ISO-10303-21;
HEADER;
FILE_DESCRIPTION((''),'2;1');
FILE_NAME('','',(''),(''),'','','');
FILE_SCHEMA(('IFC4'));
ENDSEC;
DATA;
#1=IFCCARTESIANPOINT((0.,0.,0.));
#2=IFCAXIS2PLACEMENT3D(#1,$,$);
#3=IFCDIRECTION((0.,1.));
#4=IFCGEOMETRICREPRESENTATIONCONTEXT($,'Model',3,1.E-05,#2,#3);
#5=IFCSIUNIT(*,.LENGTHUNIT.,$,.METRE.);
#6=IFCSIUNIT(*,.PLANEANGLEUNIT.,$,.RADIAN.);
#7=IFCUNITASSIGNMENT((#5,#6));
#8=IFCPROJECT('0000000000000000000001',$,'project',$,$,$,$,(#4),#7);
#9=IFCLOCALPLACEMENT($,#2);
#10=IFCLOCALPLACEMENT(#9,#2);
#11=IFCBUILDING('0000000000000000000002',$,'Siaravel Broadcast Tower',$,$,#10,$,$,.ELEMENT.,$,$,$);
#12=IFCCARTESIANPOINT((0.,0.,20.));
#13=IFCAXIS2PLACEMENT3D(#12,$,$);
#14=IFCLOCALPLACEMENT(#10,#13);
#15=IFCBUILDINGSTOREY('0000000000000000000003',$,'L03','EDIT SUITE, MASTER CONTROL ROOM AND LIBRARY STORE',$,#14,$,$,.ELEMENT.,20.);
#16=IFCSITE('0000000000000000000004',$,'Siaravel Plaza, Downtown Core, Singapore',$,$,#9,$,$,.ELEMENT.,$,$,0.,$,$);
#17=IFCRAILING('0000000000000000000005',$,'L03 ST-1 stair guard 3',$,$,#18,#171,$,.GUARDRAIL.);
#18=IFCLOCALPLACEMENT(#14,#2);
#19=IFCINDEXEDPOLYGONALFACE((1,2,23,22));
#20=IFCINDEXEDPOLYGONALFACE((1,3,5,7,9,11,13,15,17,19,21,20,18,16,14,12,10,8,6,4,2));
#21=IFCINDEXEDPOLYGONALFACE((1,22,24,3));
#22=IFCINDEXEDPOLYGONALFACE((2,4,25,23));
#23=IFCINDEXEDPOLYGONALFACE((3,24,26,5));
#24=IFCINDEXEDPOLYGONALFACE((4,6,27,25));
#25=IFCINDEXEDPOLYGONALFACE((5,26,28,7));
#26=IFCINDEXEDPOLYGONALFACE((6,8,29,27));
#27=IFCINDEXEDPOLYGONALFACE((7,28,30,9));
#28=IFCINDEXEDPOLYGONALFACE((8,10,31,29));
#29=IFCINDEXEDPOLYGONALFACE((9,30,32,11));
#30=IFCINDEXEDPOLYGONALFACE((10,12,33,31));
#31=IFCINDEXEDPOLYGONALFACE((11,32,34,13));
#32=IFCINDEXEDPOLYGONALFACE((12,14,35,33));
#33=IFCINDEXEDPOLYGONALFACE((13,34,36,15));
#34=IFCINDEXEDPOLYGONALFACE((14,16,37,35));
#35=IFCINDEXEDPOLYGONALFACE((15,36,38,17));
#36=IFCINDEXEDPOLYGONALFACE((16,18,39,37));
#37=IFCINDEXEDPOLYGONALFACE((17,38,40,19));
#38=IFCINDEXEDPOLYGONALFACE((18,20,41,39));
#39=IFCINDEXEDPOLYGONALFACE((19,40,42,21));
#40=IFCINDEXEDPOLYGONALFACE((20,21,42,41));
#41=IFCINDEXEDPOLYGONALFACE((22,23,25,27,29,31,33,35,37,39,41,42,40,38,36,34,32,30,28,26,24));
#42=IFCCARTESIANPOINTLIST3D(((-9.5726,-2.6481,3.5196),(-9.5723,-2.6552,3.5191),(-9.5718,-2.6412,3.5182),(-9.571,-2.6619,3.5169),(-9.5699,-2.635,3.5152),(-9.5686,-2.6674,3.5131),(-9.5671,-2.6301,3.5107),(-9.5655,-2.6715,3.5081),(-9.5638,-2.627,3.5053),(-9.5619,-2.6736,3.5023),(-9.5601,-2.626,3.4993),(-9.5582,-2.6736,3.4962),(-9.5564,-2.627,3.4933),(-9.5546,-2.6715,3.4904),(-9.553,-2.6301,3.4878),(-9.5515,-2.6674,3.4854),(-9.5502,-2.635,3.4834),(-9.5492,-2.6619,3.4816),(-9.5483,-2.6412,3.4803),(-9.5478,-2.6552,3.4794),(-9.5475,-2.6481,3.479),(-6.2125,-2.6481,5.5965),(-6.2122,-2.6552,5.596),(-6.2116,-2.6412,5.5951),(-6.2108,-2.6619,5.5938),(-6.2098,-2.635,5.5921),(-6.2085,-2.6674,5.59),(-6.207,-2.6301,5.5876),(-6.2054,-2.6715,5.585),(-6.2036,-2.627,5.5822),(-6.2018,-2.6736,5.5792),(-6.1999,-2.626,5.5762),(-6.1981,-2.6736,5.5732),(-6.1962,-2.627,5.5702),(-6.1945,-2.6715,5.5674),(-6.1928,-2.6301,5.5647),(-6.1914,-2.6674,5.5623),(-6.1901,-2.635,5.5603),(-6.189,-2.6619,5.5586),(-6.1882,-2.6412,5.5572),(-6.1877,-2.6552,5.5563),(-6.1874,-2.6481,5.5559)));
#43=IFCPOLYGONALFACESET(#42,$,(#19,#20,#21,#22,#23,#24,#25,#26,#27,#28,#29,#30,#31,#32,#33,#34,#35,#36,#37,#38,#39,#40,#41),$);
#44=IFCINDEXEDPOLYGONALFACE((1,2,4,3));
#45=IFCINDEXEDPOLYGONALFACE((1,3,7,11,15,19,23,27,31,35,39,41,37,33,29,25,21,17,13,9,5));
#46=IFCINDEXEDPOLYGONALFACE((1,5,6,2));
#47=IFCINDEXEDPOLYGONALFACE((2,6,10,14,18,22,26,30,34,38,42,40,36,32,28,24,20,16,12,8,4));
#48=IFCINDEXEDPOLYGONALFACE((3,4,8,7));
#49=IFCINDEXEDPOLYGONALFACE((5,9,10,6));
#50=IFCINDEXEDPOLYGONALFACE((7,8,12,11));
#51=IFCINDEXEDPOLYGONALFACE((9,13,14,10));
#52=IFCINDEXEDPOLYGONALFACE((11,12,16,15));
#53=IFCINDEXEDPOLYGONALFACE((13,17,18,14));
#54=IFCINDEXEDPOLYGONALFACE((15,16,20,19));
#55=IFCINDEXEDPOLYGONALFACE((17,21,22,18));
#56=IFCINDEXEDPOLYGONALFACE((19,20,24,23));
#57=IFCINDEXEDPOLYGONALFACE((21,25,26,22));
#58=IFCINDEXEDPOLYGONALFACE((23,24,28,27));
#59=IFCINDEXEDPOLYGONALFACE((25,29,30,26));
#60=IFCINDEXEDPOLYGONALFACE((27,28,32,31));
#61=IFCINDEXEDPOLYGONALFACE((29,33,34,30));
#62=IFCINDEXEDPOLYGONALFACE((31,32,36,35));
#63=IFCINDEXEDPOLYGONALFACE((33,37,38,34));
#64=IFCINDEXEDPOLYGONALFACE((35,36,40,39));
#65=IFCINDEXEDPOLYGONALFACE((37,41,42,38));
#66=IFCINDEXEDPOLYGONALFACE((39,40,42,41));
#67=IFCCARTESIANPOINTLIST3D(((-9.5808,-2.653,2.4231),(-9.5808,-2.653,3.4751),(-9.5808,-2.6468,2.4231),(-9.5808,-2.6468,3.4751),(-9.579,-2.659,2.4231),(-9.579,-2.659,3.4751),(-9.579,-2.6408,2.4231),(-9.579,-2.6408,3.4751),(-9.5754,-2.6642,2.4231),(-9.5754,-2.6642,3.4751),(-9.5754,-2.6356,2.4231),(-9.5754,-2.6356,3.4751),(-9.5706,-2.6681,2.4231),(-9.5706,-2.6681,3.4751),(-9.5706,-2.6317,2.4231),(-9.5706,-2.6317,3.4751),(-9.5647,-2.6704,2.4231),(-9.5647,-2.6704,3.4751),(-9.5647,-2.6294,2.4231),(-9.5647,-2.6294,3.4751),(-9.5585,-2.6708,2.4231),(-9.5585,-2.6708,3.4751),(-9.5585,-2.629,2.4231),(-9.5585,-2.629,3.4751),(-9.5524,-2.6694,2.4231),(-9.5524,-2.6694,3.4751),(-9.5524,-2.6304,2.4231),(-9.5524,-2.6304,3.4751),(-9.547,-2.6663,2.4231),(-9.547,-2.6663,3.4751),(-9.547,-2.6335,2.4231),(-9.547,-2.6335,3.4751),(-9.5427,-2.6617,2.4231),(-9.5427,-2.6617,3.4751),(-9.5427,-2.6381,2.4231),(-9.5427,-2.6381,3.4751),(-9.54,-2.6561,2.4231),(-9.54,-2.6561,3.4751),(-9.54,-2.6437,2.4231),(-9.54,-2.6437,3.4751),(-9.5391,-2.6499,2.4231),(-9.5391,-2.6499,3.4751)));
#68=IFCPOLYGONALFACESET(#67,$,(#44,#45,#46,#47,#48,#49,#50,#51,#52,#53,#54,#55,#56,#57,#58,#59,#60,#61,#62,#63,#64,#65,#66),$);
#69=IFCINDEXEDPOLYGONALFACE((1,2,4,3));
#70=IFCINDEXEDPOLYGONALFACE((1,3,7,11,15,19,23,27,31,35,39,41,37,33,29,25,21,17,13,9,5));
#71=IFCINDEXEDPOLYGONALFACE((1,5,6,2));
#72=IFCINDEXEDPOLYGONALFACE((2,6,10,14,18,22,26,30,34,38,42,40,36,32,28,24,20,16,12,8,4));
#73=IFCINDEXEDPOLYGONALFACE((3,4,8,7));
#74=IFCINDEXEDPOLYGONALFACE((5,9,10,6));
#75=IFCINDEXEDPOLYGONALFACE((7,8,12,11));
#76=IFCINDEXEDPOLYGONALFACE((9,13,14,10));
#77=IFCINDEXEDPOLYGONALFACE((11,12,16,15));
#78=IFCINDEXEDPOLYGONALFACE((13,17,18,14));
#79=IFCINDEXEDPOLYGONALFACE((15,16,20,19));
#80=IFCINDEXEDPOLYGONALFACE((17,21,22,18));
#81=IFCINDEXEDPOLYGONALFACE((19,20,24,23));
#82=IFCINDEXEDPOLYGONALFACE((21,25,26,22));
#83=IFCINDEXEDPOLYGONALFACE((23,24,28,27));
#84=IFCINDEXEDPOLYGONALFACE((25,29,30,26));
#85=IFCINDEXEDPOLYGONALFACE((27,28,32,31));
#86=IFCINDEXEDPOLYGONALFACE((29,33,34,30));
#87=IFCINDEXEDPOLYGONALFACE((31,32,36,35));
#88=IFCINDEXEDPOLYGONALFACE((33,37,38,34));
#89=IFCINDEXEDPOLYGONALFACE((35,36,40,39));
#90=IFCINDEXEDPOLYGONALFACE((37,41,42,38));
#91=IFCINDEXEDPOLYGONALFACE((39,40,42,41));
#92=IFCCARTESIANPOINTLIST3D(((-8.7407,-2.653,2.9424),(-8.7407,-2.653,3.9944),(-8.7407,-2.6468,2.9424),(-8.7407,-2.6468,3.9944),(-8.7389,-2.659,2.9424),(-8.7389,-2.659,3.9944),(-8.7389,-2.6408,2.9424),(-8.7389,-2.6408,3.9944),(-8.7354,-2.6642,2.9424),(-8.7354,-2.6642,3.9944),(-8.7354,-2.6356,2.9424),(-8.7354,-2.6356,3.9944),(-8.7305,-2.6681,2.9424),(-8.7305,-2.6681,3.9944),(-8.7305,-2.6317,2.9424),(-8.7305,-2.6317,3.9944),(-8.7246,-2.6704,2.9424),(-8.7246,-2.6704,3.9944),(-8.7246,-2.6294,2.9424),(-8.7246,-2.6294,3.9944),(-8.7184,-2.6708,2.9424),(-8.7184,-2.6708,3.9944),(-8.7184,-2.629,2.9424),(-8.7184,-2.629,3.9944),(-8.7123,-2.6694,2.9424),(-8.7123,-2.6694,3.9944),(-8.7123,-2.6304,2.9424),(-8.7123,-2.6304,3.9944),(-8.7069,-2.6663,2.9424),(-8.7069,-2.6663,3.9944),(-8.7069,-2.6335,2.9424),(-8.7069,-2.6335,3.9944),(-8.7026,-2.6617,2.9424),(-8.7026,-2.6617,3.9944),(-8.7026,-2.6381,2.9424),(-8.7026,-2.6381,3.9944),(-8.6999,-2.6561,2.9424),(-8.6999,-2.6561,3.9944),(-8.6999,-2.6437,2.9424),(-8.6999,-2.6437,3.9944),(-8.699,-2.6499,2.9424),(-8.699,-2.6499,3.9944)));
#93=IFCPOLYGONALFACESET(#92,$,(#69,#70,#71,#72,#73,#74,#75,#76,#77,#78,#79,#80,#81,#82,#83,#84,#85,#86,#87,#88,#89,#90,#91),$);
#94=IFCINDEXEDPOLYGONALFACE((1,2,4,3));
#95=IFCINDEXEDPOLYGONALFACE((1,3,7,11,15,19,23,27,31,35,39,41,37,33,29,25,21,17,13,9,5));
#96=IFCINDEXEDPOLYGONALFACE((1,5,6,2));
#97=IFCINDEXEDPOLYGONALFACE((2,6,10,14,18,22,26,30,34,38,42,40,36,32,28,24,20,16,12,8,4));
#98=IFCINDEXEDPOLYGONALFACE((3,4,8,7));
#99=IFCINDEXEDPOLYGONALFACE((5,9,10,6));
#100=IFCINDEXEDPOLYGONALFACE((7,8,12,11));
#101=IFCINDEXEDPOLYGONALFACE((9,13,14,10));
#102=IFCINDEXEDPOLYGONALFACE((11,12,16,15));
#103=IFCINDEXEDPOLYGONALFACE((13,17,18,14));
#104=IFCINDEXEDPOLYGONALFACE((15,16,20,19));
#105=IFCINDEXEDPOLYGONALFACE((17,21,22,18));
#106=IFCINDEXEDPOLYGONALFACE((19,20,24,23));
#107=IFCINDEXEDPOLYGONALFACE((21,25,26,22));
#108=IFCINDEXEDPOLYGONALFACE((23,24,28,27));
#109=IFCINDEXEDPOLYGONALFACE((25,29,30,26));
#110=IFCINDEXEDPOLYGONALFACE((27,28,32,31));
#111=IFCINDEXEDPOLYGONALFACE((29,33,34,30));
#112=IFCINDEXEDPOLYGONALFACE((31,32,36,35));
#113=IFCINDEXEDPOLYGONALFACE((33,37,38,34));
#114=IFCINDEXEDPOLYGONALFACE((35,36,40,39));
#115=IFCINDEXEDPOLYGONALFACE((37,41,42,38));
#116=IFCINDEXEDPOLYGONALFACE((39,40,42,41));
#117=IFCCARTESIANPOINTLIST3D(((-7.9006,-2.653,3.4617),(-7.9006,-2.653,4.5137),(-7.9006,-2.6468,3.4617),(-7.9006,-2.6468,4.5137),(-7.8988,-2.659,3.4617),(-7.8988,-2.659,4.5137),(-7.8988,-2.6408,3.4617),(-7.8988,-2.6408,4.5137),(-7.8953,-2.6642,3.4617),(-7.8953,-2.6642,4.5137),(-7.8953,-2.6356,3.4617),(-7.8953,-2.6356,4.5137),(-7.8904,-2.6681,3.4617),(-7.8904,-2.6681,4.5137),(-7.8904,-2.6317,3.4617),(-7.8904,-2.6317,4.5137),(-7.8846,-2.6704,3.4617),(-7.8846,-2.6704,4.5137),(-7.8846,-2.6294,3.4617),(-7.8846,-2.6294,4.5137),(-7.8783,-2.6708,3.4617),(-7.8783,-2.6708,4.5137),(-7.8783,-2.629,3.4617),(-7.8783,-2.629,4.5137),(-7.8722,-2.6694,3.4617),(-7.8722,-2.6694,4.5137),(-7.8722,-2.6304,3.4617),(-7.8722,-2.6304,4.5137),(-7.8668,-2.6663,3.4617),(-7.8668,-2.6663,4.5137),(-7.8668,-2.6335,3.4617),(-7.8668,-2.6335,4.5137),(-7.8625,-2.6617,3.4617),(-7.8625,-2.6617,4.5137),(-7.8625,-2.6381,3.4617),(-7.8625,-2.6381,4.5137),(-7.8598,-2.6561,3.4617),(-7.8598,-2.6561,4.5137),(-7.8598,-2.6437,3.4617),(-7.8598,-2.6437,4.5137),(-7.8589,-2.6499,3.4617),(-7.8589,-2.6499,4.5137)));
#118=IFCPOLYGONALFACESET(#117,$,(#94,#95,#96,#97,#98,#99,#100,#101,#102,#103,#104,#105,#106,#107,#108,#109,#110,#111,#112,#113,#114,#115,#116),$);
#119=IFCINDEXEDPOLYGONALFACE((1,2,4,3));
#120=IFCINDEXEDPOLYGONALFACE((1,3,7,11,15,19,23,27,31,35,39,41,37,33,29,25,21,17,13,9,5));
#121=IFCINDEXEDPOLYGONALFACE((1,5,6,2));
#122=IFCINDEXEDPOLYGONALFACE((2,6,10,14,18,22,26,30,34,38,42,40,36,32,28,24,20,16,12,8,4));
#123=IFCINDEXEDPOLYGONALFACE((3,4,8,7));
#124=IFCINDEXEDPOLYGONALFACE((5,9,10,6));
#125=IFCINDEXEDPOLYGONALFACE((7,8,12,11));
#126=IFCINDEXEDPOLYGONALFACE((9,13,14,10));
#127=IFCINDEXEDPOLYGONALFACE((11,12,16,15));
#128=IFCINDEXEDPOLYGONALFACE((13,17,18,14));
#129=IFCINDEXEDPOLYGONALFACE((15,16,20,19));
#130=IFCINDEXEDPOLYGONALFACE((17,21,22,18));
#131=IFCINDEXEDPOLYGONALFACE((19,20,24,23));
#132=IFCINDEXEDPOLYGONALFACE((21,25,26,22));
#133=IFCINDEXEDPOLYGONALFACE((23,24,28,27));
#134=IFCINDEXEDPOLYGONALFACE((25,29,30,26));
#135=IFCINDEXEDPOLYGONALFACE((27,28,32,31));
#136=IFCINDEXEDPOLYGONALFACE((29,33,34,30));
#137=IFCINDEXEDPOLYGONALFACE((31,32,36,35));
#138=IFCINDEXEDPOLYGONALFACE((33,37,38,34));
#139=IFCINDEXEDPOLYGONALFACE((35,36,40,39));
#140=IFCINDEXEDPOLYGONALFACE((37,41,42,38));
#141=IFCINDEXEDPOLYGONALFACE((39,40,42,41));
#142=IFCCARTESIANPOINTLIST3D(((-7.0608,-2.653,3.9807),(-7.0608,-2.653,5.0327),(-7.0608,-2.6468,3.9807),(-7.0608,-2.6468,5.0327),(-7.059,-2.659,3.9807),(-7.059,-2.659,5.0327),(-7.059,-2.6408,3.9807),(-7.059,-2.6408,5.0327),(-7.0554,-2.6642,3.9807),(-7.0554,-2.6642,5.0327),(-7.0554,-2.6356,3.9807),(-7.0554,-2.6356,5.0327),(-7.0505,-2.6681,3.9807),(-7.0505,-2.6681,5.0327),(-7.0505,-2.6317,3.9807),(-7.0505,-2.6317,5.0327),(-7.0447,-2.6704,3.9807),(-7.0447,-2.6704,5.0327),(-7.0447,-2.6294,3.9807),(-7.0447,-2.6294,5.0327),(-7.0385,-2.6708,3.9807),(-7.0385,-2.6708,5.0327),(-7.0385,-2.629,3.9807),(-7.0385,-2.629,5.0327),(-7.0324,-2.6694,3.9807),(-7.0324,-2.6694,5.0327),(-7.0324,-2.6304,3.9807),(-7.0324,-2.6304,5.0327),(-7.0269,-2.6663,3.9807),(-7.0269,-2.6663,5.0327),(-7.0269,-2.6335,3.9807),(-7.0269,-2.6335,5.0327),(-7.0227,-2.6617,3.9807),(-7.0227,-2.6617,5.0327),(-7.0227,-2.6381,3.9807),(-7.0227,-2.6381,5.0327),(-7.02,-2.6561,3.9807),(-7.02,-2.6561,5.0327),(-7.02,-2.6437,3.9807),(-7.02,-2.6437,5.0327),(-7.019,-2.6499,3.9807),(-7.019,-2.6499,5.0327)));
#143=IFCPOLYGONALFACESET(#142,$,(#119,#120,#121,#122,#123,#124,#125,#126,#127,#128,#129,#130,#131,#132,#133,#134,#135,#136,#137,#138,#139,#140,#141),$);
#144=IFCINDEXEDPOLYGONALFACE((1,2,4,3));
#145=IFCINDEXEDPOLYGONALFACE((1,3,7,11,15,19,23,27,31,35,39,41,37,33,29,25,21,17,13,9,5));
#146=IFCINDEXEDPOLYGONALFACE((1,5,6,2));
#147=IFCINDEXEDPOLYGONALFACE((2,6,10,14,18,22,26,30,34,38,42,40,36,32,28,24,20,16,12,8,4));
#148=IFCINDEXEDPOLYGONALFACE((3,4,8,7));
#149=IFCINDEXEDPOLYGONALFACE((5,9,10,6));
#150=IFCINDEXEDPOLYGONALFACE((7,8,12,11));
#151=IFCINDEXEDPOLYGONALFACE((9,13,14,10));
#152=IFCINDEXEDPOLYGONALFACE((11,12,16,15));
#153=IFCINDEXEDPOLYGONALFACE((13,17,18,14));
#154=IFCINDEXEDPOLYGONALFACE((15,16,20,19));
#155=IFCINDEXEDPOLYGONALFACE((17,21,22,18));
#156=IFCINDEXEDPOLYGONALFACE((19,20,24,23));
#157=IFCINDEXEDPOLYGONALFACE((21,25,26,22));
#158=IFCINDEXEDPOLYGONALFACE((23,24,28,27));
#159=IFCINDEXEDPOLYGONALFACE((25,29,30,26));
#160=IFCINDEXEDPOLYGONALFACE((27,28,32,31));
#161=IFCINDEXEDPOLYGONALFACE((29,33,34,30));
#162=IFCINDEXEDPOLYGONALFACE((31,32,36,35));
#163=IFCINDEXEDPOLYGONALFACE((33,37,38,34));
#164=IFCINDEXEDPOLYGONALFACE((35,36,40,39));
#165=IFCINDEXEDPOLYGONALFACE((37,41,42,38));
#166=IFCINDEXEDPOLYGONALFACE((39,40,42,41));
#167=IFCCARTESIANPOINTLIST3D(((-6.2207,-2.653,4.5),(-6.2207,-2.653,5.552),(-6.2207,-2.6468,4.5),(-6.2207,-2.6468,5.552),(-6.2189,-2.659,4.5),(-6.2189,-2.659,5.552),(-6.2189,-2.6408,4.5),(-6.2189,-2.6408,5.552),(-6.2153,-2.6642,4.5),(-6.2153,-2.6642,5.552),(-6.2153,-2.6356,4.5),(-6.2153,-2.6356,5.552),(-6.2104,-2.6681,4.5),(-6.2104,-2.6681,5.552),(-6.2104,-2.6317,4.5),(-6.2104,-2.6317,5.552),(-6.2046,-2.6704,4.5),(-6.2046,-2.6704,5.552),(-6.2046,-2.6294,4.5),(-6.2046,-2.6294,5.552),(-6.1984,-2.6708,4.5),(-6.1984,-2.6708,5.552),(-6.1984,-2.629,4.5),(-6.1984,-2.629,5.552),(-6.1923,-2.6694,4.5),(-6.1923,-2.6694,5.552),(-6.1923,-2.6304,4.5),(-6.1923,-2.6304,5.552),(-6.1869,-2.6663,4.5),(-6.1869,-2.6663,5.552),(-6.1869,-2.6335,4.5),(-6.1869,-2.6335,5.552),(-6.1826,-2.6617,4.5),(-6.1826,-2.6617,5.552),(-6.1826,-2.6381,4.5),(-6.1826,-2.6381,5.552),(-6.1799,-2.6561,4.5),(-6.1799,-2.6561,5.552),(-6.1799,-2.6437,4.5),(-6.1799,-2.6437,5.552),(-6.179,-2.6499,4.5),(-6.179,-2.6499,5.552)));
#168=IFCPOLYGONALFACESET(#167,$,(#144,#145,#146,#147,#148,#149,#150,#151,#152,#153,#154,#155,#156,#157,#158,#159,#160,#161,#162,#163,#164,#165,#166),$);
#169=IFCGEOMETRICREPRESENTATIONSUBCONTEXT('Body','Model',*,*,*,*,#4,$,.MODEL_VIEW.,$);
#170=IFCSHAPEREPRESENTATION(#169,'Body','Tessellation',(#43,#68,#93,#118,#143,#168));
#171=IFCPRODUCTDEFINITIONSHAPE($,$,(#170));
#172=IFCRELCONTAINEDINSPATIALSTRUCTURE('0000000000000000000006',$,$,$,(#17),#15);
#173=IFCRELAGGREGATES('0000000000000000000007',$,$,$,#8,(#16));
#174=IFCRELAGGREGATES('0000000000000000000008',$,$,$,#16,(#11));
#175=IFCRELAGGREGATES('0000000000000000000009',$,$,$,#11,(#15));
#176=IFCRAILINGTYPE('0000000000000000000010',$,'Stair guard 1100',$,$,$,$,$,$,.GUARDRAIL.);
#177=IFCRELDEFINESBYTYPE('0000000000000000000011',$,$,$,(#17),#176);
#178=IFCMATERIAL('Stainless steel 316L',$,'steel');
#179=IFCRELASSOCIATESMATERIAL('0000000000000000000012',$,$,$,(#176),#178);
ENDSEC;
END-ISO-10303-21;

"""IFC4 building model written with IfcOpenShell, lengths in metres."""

from ifc_helpers import new_model, si_unit, direction, frame, origin, origin_2d, place, context, subcontext, project, spatial, circle, extrude, material, type_object, element, save


model = new_model("IFC4")

# Units and contexts
model_context = context("Model", 3, precision=1e-05, world=origin(), true_north=direction((0.0, 1.0)))
body_context = subcontext(model_context, "Body", "Model", "MODEL_VIEW")
ifc_project = project(units=[si_unit("LENGTHUNIT", "METRE"), si_unit("PLANEANGLEUNIT", "RADIAN")], contexts=[model_context])

# Site, building, storey
site_placement = place(None, origin())
site = spatial("IfcSite", under=ifc_project, at=site_placement, Name="Siaravel Plaza, Downtown Core, Singapore", CompositionType="ELEMENT", RefElevation=0.0)
building_placement = place(site_placement, origin())
building = spatial("IfcBuilding", under=site, at=building_placement, Name="Siaravel Broadcast Tower", CompositionType="ELEMENT")
storey_placement = place(building_placement, frame((0.0, 0.0, 20.0)))
storey = spatial("IfcBuildingStorey", under=building, at=storey_placement, Name="L03", Description="EDIT SUITE, MASTER CONTROL ROOM AND LIBRARY STORE", CompositionType="ELEMENT", Elevation=20.0)

# Shared definitions
ifc_material_1 = material(Name="Stainless steel 316L", Category="steel")

# Railing
railing_type_1 = type_object("IfcRailingType", Name="Stair guard 1100", PredefinedType="GUARDRAIL", material=ifc_material_1)
railing_1_placement = place(storey_placement, frame((-9.5601, -2.6499, 2.4231)))
element("IfcRailing", 1, at=railing_1_placement, inside=storey, type_object=railing_type_1, Name="L03 ST-1 stair guard 3", PredefinedType="GUARDRAIL", context=body_context, shape_type="SweptSolid", body=[
    extrude(circle(Radius=0.0239, at=origin_2d()), frame((0.0, 0.0, 1.0762), z_axis=(0.850623, 0.0, 0.525776), x_axis=(0.0, 1.0, 0.0)), (0.0, 0.0, 1.0), 3.9502),
    extrude(circle(Radius=0.021, at=origin_2d()), origin(), (0.0, 0.0, 1.0), 1.052),
    extrude(circle(Radius=0.021, at=origin_2d()), frame((0.8401, 0.0, 0.5193)), (0.0, 0.0, 1.0), 1.052),
    extrude(circle(Radius=0.021, at=origin_2d()), frame((1.6802, 0.0, 1.0386)), (0.0, 0.0, 1.0), 1.052),
    extrude(circle(Radius=0.021, at=origin_2d()), frame((2.52, 0.0, 1.5576)), (0.0, 0.0, 1.0), 1.052),
    extrude(circle(Radius=0.021, at=origin_2d()), frame((3.3601, 0.0, 2.0769)), (0.0, 0.0, 1.0), 1.052),
])

save(model, "model.ifc")
